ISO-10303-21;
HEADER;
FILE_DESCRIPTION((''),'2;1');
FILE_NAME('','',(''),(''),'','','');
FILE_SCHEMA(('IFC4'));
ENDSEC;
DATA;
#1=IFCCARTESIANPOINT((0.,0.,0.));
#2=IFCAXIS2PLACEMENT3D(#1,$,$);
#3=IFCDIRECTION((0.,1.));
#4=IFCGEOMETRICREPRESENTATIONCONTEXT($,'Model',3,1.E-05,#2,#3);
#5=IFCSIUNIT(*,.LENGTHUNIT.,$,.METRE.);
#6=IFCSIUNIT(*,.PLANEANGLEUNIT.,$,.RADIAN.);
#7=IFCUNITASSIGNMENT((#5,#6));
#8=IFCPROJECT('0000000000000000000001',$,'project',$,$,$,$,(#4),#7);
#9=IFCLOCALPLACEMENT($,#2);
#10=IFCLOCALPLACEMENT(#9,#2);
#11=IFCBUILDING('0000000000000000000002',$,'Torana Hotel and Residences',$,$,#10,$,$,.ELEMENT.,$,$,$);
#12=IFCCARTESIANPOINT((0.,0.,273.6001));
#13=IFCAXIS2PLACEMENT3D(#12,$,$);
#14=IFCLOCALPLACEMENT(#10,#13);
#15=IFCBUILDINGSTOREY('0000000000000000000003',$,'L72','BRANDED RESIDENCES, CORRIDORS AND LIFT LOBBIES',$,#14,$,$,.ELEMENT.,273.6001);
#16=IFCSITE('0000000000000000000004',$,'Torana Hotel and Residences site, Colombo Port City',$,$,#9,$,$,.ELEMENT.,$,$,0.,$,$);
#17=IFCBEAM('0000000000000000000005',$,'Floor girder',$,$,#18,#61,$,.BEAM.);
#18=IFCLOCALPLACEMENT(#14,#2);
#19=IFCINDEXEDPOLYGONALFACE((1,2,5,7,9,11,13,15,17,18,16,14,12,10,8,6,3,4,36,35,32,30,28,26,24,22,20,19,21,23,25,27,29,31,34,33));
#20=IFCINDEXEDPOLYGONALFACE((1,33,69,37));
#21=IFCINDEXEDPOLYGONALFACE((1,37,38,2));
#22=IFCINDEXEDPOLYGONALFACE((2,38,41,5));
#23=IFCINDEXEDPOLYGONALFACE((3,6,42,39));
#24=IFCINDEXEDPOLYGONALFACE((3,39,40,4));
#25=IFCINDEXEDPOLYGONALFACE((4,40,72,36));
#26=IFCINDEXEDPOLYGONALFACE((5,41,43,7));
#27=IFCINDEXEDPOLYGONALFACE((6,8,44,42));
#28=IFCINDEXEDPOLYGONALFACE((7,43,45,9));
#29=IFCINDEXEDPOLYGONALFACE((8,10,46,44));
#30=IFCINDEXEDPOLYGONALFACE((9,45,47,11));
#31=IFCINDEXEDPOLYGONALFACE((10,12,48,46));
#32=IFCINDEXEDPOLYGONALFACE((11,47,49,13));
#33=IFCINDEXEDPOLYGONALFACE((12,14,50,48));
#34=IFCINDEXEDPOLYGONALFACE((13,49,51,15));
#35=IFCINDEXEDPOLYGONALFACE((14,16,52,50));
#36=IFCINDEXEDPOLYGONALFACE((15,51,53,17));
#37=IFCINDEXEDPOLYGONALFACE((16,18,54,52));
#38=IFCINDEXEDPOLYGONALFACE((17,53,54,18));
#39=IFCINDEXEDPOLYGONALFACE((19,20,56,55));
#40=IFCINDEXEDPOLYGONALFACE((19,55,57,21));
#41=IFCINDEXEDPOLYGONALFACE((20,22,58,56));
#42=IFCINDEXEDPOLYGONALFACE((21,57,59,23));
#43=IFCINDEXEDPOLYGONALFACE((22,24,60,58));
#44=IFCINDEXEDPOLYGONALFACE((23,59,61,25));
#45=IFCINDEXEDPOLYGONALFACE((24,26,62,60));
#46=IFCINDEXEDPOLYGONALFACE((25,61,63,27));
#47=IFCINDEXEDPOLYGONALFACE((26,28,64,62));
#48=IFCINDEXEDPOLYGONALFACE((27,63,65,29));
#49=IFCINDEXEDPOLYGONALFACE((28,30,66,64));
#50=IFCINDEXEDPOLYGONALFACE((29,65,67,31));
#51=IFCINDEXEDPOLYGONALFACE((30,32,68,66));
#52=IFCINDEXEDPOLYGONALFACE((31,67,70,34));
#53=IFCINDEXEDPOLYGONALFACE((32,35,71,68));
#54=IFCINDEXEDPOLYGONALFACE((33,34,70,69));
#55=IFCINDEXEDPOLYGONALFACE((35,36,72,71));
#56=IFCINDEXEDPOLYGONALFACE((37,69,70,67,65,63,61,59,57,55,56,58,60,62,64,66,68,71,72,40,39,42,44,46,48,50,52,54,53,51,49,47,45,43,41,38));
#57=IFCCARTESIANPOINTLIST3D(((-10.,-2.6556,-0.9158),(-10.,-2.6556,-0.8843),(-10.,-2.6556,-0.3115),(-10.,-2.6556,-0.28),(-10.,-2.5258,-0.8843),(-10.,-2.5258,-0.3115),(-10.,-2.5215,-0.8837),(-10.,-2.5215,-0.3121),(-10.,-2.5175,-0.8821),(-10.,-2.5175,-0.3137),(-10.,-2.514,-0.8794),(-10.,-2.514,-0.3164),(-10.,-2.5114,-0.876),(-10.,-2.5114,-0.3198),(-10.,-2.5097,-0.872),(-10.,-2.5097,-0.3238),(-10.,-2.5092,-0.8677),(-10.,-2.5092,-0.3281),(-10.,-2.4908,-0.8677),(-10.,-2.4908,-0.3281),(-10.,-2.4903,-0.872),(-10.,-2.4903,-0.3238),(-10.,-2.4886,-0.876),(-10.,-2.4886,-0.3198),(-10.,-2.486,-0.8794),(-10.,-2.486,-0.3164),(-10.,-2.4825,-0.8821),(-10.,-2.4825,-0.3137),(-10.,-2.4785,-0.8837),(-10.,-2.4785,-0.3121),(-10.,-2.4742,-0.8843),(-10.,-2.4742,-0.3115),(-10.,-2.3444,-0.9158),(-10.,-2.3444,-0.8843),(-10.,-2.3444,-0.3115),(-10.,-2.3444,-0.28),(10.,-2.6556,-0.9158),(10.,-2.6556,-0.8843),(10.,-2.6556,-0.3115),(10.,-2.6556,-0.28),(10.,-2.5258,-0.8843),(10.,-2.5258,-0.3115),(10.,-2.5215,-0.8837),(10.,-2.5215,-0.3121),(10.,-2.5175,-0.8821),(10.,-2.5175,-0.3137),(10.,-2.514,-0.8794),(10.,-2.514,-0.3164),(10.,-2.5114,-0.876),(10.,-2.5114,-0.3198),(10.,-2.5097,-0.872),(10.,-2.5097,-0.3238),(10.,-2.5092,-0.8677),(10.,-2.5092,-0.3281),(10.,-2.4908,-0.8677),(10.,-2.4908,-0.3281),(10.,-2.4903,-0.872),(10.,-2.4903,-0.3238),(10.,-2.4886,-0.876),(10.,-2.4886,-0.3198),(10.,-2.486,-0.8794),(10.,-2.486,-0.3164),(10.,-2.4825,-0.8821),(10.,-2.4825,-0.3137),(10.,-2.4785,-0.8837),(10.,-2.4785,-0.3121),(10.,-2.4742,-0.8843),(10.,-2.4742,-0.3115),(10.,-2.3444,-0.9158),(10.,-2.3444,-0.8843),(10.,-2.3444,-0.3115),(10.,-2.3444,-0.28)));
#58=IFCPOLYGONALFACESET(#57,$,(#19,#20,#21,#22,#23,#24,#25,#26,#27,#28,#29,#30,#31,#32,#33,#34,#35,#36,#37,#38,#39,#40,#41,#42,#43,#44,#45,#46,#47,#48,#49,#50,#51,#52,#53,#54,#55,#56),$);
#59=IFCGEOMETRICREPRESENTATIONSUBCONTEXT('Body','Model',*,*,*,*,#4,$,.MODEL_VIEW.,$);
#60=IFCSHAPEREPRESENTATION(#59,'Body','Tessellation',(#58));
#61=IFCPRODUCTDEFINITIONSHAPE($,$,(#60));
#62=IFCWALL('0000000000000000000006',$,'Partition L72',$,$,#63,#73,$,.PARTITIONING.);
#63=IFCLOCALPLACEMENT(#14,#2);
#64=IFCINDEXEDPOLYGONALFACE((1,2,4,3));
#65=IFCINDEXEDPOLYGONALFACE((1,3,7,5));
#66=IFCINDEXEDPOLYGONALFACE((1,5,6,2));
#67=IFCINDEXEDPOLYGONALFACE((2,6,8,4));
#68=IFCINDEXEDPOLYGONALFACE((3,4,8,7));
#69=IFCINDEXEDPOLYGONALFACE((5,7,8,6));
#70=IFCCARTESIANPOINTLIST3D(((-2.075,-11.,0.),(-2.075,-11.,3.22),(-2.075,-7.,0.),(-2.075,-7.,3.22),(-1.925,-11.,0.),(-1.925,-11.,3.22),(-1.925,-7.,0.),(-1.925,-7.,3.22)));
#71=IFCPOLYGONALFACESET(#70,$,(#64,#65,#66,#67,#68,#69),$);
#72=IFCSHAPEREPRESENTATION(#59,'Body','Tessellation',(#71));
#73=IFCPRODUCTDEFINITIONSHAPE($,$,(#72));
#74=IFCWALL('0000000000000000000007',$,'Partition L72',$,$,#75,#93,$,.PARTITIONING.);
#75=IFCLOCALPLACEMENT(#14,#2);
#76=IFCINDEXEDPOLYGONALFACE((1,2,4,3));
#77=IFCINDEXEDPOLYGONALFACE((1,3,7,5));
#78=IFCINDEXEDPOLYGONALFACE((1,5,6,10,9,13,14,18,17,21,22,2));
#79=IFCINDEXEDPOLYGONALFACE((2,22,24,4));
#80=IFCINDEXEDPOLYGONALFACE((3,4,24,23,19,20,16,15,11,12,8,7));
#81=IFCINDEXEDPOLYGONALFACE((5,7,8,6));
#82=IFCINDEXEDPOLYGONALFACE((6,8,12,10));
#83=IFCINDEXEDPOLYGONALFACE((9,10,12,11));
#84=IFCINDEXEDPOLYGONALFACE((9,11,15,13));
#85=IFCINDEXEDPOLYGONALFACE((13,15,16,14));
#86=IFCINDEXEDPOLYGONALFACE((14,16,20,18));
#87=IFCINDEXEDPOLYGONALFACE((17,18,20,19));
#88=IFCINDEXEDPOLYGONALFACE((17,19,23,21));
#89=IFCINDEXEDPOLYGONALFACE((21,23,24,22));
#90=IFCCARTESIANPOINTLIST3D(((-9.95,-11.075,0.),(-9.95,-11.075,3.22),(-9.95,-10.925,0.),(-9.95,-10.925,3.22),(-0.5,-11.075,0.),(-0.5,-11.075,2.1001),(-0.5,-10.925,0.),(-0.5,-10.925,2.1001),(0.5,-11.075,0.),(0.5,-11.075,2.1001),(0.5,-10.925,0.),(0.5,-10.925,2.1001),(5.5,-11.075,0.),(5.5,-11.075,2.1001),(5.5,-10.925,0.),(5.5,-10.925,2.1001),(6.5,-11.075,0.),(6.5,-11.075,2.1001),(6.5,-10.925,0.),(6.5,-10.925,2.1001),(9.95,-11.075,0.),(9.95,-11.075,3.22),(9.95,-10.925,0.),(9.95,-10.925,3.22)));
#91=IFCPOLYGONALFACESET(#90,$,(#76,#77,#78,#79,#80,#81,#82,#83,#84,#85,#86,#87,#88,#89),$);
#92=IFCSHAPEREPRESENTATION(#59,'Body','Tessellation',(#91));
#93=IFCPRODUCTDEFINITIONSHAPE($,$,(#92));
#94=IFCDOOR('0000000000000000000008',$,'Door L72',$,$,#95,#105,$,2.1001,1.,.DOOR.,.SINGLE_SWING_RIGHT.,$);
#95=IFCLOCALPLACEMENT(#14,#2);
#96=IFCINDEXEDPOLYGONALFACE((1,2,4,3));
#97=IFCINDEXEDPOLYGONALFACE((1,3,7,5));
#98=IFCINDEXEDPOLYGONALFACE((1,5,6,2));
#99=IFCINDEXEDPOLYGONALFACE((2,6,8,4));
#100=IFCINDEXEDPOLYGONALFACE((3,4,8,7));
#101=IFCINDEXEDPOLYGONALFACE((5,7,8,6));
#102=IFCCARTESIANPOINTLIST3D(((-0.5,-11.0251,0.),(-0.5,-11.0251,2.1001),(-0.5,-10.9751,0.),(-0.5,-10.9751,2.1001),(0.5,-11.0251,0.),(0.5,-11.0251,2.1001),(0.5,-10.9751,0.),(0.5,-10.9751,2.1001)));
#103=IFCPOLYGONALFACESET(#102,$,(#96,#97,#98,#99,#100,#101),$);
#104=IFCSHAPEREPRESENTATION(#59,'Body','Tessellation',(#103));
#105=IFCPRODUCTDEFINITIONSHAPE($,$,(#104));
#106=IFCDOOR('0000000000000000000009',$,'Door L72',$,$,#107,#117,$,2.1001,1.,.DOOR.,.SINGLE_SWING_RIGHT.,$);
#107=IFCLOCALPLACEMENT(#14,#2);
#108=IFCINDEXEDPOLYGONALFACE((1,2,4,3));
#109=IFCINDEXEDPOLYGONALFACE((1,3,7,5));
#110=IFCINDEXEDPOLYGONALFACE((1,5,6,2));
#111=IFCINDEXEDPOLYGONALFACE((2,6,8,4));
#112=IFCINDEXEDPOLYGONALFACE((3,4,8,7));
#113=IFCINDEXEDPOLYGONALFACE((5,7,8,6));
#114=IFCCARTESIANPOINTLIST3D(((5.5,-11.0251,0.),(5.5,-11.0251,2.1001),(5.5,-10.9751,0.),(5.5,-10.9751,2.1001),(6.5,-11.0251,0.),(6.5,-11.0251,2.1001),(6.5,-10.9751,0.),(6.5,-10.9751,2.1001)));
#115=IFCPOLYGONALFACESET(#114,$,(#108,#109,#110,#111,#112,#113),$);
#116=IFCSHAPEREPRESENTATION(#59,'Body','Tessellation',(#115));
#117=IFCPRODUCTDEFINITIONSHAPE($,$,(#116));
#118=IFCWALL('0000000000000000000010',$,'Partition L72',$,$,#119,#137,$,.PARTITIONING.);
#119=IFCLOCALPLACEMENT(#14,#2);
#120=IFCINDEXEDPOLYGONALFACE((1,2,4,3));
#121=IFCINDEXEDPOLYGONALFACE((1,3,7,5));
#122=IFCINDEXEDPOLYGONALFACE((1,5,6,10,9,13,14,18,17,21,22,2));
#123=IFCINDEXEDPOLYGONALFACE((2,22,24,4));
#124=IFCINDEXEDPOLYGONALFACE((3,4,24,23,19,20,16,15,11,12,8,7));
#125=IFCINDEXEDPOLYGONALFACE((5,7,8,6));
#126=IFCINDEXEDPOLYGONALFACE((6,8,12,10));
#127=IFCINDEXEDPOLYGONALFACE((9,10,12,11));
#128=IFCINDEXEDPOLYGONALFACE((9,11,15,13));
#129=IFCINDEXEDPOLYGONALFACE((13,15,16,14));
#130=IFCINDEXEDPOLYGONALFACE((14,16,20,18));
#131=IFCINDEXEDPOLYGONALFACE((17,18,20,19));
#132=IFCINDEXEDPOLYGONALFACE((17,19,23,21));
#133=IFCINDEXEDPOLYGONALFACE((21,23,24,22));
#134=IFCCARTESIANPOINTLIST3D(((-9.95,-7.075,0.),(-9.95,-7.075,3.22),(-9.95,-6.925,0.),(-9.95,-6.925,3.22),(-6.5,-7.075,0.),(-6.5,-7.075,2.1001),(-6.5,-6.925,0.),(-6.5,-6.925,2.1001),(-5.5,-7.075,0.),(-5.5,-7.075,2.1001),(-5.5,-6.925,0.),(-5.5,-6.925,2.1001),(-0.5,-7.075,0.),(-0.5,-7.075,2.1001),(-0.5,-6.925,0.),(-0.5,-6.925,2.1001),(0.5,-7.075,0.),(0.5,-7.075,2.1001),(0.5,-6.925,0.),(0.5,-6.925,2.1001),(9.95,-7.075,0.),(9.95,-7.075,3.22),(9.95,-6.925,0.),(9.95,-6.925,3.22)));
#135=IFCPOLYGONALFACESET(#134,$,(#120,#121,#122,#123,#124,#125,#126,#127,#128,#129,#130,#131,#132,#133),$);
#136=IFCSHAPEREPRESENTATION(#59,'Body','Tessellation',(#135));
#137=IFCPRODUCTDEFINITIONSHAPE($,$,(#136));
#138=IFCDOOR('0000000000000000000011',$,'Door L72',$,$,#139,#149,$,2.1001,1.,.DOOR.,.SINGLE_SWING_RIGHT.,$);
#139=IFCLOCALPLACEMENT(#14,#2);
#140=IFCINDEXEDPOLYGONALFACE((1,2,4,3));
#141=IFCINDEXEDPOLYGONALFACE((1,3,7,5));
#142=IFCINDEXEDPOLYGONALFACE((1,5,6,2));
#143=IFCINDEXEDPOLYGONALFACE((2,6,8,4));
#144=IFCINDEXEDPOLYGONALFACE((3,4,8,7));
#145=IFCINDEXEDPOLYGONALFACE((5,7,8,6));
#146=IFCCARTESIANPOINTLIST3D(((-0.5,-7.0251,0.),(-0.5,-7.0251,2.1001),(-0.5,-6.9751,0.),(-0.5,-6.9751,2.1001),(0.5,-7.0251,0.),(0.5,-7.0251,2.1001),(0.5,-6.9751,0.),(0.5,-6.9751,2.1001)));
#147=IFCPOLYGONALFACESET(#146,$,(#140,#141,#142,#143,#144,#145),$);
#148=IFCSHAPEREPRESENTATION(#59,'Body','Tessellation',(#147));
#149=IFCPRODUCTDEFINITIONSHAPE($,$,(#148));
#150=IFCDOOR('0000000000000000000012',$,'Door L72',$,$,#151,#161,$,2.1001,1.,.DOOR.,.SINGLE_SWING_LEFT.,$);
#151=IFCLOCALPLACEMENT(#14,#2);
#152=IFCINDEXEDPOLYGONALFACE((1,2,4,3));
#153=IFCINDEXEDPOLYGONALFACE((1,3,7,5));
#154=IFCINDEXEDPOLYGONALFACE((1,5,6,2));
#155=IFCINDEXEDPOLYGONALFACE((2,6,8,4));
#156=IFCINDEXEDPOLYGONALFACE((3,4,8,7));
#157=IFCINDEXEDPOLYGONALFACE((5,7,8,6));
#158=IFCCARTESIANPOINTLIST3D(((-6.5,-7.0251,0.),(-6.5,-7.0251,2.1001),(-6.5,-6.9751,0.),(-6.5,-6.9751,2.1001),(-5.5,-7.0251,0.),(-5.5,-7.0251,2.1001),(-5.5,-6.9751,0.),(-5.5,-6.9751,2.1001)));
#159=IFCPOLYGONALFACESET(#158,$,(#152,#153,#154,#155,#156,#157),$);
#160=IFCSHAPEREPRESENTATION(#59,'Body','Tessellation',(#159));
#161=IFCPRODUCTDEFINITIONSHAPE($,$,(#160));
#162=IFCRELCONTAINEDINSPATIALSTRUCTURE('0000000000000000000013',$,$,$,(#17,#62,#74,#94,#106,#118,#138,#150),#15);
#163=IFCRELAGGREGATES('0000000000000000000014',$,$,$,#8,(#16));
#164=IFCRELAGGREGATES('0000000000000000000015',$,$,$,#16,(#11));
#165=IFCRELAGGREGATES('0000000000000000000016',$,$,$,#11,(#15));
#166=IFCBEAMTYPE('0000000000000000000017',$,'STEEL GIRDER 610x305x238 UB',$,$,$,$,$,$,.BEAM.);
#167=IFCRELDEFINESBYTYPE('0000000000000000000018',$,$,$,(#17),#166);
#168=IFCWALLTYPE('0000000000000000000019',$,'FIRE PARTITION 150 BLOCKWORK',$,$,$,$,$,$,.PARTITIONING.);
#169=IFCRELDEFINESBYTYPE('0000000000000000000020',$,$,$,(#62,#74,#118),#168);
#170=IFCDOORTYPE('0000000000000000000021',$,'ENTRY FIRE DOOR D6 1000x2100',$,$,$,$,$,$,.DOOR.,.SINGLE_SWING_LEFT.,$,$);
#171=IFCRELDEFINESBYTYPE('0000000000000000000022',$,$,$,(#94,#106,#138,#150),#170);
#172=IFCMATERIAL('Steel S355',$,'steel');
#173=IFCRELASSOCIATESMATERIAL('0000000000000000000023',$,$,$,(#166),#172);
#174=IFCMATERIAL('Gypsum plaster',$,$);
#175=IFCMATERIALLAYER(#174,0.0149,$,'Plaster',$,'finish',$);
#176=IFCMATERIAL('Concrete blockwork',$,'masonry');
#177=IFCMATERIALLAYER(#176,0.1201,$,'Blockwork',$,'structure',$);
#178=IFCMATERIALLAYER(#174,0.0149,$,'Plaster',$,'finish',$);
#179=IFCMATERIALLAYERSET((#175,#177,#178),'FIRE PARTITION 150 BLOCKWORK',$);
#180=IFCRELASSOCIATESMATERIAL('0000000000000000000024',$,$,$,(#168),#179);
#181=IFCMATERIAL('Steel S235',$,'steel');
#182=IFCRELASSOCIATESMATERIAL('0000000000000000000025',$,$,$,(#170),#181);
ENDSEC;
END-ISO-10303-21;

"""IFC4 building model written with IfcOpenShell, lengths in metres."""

from ifc_helpers import new_model, si_unit, direction, frame, frame_2d, origin, origin_2d, place, context, subcontext, project, spatial, rectangle, i_section, extrude, material, layer, layer_set, material_profile, profile_set, type_object, element, fill, save


model = new_model("IFC4")

# Units and contexts
model_context = context("Model", 3, precision=1e-05, world=origin(), true_north=direction((0.0, 1.0)))
body_context = subcontext(model_context, "Body", "Model", "MODEL_VIEW")
ifc_project = project(units=[si_unit("LENGTHUNIT", "METRE"), si_unit("PLANEANGLEUNIT", "RADIAN")], contexts=[model_context])

# Site, building, storey
site_placement = place(None, origin())
site = spatial("IfcSite", under=ifc_project, at=site_placement, Name="Torana Hotel and Residences site, Colombo Port City", CompositionType="ELEMENT", RefElevation=0.0)
building_placement = place(site_placement, origin())
building = spatial("IfcBuilding", under=site, at=building_placement, Name="Torana Hotel and Residences", CompositionType="ELEMENT")
storey_placement = place(building_placement, frame((0.0, 0.0, 273.6001)))
storey = spatial("IfcBuildingStorey", under=building, at=storey_placement, Name="L72", Description="BRANDED RESIDENCES, CORRIDORS AND LIFT LOBBIES", CompositionType="ELEMENT", Elevation=273.6001)

# Beam
ifc_material_1 = material(Name="Steel S355", Category="steel")
ifc_material_profile = material_profile(ifc_material_1, i_section(OverallWidth=0.3113, OverallDepth=0.6357, WebThickness=0.0183, FlangeThickness=0.0315, FilletRadius=0.0166, at=origin_2d()), Name="610x305x238 UB")
ifc_profile_set = profile_set([ifc_material_profile], Name="Steel S355")
beam_type = type_object("IfcBeamType", Name="STEEL GIRDER 610x305x238 UB", PredefinedType="BEAM", material=ifc_profile_set)
for number, where, z_axis, x_axis, name in (
    (1, (-10.0, -2.5, -0.5979), (1.0, 0.0, 0.0), (0.0, 1.0, 0.0), "Floor girder"),
):
    element("IfcBeam", number, at=place(storey_placement, frame(where, z_axis=z_axis, x_axis=x_axis)), inside=storey, type_object=beam_type, Name=name, PredefinedType="BEAM", context=body_context, shape_type="SweptSolid", body=[
        extrude(i_section(OverallWidth=0.3113, OverallDepth=0.6357, WebThickness=0.0183, FlangeThickness=0.0315, FilletRadius=0.0166, at=origin_2d()), origin(), (0.0, 0.0, 1.0), 20.0),
    ])

# Wall
ifc_material_2 = material(Name="Gypsum plaster")
ifc_layer_1 = layer(ifc_material_2, 0.0149, Name="Plaster", Category="finish")
ifc_material_3 = material(Name="Concrete blockwork", Category="masonry")
ifc_layer_2 = layer(ifc_material_3, 0.1201, Name="Blockwork", Category="structure")
ifc_layer_3 = layer(ifc_material_2, 0.0149, Name="Plaster", Category="finish")
ifc_layer_set_1 = layer_set([ifc_layer_1, ifc_layer_2, ifc_layer_3], Name="FIRE PARTITION 150 BLOCKWORK")
wall_type_1 = type_object("IfcWallType", Name="FIRE PARTITION 150 BLOCKWORK", PredefinedType="PARTITIONING", material=ifc_layer_set_1)
wall_1_placement = place(storey_placement, frame((-2.0, -11.0, 0.0), z_axis=(0.0, 0.0, 1.0), x_axis=(0.0, 1.0, 0.0)))
element("IfcWall", 2, at=wall_1_placement, inside=storey, type_object=wall_type_1, Name="Partition L72", PredefinedType="PARTITIONING", context=body_context, shape_type="SweptSolid", body=[
    extrude(rectangle(XDim=4.0, YDim=0.1499, at=frame_2d((2.0, 0.0))), origin(), (0.0, 0.0, 1.0), 3.22),
])

# Walls, openings, doors
wall_2_placement = place(storey_placement, frame((-9.95, -11.0, 0.0), z_axis=(0.0, 0.0, 1.0), x_axis=(1.0, 0.0, 0.0)))
wall_2 = element("IfcWall", 3, at=wall_2_placement, inside=storey, type_object=wall_type_1, Name="Partition L72", PredefinedType="PARTITIONING", context=body_context, shape_type="SweptSolid", body=[
    extrude(rectangle(XDim=19.8999, YDim=0.1499, at=frame_2d((9.95, 0.0))), origin(), (0.0, 0.0, 1.0), 3.22),
])
opening_1_placement = place(wall_2_placement, frame((9.45, 0.0, 0.0)))
opening_1 = element("IfcOpeningElement", 4, at=opening_1_placement, cuts=wall_2, PredefinedType="OPENING", context=body_context, shape_type="SweptSolid", body=[
    extrude(rectangle(XDim=1.0, YDim=2.1001, at=frame_2d((0.5, 1.05))), frame((0.0, 0.085, 0.0), z_axis=(0.0, -1.0, 0.0), x_axis=(1.0, 0.0, 0.0)), (0.0, 0.0, 1.0), 0.1699),
])
opening_2_placement = place(wall_2_placement, frame((15.45, 0.0, 0.0)))
opening_2 = element("IfcOpeningElement", 5, at=opening_2_placement, cuts=wall_2, PredefinedType="OPENING", context=body_context, shape_type="SweptSolid", body=[
    extrude(rectangle(XDim=1.0, YDim=2.1001, at=frame_2d((0.5, 1.05))), frame((0.0, 0.085, 0.0), z_axis=(0.0, -1.0, 0.0), x_axis=(1.0, 0.0, 0.0)), (0.0, 0.0, 1.0), 0.1699),
])
ifc_material_4 = material(Name="Steel S235", Category="steel")
door_type_1 = type_object("IfcDoorType", Name="ENTRY FIRE DOOR D6 1000x2100", OperationType="SINGLE_SWING_LEFT", PredefinedType="DOOR", material=ifc_material_4)
door_1_placement = place(opening_1_placement, origin())
door_1 = element("IfcDoor", 6, at=door_1_placement, inside=storey, type_object=door_type_1, Name="Door L72", OperationType="SINGLE_SWING_RIGHT", OverallHeight=2.1001, OverallWidth=1.0, PredefinedType="DOOR", context=body_context, shape_type="SweptSolid", body=[
    extrude(rectangle(XDim=1.0, YDim=2.1001, at=frame_2d((0.5, 1.05))), frame((0.0, 0.0249, 0.0), z_axis=(0.0, -1.0, 0.0), x_axis=(1.0, 0.0, 0.0)), (0.0, 0.0, 1.0), 0.05),
])
fill(opening_1, door_1)
door_2_placement = place(opening_2_placement, origin())
door_2 = element("IfcDoor", 7, at=door_2_placement, inside=storey, type_object=door_type_1, Name="Door L72", OperationType="SINGLE_SWING_RIGHT", OverallHeight=2.1001, OverallWidth=1.0, PredefinedType="DOOR", context=body_context, shape_type="SweptSolid", body=[
    extrude(rectangle(XDim=1.0, YDim=2.1001, at=frame_2d((0.5, 1.05))), frame((0.0, 0.0249, 0.0), z_axis=(0.0, -1.0, 0.0), x_axis=(1.0, 0.0, 0.0)), (0.0, 0.0, 1.0), 0.05),
])
fill(opening_2, door_2)
wall_3_placement = place(storey_placement, frame((-9.95, -7.0, 0.0), z_axis=(0.0, 0.0, 1.0), x_axis=(1.0, 0.0, 0.0)))
wall_3 = element("IfcWall", 8, at=wall_3_placement, inside=storey, type_object=wall_type_1, Name="Partition L72", PredefinedType="PARTITIONING", context=body_context, shape_type="SweptSolid", body=[
    extrude(rectangle(XDim=19.8999, YDim=0.1499, at=frame_2d((9.95, 0.0))), origin(), (0.0, 0.0, 1.0), 3.22),
])
opening_3_placement = place(wall_3_placement, frame((9.45, 0.0, 0.0)))
opening_3 = element("IfcOpeningElement", 9, at=opening_3_placement, cuts=wall_3, PredefinedType="OPENING", context=body_context, shape_type="SweptSolid", body=[
    extrude(rectangle(XDim=1.0, YDim=2.1001, at=frame_2d((0.5, 1.05))), frame((0.0, 0.085, 0.0), z_axis=(0.0, -1.0, 0.0), x_axis=(1.0, 0.0, 0.0)), (0.0, 0.0, 1.0), 0.1699),
])
opening_4_placement = place(wall_3_placement, frame((3.45, 0.0, 0.0)))
opening_4 = element("IfcOpeningElement", 10, at=opening_4_placement, cuts=wall_3, PredefinedType="OPENING", context=body_context, shape_type="SweptSolid", body=[
    extrude(rectangle(XDim=1.0, YDim=2.1001, at=frame_2d((0.5, 1.05))), frame((0.0, 0.085, 0.0), z_axis=(0.0, -1.0, 0.0), x_axis=(1.0, 0.0, 0.0)), (0.0, 0.0, 1.0), 0.1699),
])
door_3_placement = place(opening_3_placement, origin())
door_3 = element("IfcDoor", 11, at=door_3_placement, inside=storey, type_object=door_type_1, Name="Door L72", OperationType="SINGLE_SWING_RIGHT", OverallHeight=2.1001, OverallWidth=1.0, PredefinedType="DOOR", context=body_context, shape_type="SweptSolid", body=[
    extrude(rectangle(XDim=1.0, YDim=2.1001, at=frame_2d((0.5, 1.05))), frame((0.0, 0.0249, 0.0), z_axis=(0.0, -1.0, 0.0), x_axis=(1.0, 0.0, 0.0)), (0.0, 0.0, 1.0), 0.05),
])
fill(opening_3, door_3)
door_4_placement = place(opening_4_placement, frame((0.5, 0.0, 0.0), z_axis=(0.0, 0.0, 1.0), x_axis=(-1.0, 0.0, 0.0)))
door_4 = element("IfcDoor", 12, at=door_4_placement, inside=storey, type_object=door_type_1, Name="Door L72", OperationType="SINGLE_SWING_LEFT", OverallHeight=2.1001, OverallWidth=1.0, PredefinedType="DOOR", context=body_context, shape_type="SweptSolid", body=[
    extrude(rectangle(XDim=1.0, YDim=2.1001, at=frame_2d((0.0, 1.05))), frame((0.0, -0.0249, 0.0), z_axis=(0.0, 1.0, 0.0), x_axis=(-1.0, 0.0, 0.0)), (0.0, 0.0, 1.0), 0.05),
])
fill(opening_4, door_4)

save(model, "model.ifc")
